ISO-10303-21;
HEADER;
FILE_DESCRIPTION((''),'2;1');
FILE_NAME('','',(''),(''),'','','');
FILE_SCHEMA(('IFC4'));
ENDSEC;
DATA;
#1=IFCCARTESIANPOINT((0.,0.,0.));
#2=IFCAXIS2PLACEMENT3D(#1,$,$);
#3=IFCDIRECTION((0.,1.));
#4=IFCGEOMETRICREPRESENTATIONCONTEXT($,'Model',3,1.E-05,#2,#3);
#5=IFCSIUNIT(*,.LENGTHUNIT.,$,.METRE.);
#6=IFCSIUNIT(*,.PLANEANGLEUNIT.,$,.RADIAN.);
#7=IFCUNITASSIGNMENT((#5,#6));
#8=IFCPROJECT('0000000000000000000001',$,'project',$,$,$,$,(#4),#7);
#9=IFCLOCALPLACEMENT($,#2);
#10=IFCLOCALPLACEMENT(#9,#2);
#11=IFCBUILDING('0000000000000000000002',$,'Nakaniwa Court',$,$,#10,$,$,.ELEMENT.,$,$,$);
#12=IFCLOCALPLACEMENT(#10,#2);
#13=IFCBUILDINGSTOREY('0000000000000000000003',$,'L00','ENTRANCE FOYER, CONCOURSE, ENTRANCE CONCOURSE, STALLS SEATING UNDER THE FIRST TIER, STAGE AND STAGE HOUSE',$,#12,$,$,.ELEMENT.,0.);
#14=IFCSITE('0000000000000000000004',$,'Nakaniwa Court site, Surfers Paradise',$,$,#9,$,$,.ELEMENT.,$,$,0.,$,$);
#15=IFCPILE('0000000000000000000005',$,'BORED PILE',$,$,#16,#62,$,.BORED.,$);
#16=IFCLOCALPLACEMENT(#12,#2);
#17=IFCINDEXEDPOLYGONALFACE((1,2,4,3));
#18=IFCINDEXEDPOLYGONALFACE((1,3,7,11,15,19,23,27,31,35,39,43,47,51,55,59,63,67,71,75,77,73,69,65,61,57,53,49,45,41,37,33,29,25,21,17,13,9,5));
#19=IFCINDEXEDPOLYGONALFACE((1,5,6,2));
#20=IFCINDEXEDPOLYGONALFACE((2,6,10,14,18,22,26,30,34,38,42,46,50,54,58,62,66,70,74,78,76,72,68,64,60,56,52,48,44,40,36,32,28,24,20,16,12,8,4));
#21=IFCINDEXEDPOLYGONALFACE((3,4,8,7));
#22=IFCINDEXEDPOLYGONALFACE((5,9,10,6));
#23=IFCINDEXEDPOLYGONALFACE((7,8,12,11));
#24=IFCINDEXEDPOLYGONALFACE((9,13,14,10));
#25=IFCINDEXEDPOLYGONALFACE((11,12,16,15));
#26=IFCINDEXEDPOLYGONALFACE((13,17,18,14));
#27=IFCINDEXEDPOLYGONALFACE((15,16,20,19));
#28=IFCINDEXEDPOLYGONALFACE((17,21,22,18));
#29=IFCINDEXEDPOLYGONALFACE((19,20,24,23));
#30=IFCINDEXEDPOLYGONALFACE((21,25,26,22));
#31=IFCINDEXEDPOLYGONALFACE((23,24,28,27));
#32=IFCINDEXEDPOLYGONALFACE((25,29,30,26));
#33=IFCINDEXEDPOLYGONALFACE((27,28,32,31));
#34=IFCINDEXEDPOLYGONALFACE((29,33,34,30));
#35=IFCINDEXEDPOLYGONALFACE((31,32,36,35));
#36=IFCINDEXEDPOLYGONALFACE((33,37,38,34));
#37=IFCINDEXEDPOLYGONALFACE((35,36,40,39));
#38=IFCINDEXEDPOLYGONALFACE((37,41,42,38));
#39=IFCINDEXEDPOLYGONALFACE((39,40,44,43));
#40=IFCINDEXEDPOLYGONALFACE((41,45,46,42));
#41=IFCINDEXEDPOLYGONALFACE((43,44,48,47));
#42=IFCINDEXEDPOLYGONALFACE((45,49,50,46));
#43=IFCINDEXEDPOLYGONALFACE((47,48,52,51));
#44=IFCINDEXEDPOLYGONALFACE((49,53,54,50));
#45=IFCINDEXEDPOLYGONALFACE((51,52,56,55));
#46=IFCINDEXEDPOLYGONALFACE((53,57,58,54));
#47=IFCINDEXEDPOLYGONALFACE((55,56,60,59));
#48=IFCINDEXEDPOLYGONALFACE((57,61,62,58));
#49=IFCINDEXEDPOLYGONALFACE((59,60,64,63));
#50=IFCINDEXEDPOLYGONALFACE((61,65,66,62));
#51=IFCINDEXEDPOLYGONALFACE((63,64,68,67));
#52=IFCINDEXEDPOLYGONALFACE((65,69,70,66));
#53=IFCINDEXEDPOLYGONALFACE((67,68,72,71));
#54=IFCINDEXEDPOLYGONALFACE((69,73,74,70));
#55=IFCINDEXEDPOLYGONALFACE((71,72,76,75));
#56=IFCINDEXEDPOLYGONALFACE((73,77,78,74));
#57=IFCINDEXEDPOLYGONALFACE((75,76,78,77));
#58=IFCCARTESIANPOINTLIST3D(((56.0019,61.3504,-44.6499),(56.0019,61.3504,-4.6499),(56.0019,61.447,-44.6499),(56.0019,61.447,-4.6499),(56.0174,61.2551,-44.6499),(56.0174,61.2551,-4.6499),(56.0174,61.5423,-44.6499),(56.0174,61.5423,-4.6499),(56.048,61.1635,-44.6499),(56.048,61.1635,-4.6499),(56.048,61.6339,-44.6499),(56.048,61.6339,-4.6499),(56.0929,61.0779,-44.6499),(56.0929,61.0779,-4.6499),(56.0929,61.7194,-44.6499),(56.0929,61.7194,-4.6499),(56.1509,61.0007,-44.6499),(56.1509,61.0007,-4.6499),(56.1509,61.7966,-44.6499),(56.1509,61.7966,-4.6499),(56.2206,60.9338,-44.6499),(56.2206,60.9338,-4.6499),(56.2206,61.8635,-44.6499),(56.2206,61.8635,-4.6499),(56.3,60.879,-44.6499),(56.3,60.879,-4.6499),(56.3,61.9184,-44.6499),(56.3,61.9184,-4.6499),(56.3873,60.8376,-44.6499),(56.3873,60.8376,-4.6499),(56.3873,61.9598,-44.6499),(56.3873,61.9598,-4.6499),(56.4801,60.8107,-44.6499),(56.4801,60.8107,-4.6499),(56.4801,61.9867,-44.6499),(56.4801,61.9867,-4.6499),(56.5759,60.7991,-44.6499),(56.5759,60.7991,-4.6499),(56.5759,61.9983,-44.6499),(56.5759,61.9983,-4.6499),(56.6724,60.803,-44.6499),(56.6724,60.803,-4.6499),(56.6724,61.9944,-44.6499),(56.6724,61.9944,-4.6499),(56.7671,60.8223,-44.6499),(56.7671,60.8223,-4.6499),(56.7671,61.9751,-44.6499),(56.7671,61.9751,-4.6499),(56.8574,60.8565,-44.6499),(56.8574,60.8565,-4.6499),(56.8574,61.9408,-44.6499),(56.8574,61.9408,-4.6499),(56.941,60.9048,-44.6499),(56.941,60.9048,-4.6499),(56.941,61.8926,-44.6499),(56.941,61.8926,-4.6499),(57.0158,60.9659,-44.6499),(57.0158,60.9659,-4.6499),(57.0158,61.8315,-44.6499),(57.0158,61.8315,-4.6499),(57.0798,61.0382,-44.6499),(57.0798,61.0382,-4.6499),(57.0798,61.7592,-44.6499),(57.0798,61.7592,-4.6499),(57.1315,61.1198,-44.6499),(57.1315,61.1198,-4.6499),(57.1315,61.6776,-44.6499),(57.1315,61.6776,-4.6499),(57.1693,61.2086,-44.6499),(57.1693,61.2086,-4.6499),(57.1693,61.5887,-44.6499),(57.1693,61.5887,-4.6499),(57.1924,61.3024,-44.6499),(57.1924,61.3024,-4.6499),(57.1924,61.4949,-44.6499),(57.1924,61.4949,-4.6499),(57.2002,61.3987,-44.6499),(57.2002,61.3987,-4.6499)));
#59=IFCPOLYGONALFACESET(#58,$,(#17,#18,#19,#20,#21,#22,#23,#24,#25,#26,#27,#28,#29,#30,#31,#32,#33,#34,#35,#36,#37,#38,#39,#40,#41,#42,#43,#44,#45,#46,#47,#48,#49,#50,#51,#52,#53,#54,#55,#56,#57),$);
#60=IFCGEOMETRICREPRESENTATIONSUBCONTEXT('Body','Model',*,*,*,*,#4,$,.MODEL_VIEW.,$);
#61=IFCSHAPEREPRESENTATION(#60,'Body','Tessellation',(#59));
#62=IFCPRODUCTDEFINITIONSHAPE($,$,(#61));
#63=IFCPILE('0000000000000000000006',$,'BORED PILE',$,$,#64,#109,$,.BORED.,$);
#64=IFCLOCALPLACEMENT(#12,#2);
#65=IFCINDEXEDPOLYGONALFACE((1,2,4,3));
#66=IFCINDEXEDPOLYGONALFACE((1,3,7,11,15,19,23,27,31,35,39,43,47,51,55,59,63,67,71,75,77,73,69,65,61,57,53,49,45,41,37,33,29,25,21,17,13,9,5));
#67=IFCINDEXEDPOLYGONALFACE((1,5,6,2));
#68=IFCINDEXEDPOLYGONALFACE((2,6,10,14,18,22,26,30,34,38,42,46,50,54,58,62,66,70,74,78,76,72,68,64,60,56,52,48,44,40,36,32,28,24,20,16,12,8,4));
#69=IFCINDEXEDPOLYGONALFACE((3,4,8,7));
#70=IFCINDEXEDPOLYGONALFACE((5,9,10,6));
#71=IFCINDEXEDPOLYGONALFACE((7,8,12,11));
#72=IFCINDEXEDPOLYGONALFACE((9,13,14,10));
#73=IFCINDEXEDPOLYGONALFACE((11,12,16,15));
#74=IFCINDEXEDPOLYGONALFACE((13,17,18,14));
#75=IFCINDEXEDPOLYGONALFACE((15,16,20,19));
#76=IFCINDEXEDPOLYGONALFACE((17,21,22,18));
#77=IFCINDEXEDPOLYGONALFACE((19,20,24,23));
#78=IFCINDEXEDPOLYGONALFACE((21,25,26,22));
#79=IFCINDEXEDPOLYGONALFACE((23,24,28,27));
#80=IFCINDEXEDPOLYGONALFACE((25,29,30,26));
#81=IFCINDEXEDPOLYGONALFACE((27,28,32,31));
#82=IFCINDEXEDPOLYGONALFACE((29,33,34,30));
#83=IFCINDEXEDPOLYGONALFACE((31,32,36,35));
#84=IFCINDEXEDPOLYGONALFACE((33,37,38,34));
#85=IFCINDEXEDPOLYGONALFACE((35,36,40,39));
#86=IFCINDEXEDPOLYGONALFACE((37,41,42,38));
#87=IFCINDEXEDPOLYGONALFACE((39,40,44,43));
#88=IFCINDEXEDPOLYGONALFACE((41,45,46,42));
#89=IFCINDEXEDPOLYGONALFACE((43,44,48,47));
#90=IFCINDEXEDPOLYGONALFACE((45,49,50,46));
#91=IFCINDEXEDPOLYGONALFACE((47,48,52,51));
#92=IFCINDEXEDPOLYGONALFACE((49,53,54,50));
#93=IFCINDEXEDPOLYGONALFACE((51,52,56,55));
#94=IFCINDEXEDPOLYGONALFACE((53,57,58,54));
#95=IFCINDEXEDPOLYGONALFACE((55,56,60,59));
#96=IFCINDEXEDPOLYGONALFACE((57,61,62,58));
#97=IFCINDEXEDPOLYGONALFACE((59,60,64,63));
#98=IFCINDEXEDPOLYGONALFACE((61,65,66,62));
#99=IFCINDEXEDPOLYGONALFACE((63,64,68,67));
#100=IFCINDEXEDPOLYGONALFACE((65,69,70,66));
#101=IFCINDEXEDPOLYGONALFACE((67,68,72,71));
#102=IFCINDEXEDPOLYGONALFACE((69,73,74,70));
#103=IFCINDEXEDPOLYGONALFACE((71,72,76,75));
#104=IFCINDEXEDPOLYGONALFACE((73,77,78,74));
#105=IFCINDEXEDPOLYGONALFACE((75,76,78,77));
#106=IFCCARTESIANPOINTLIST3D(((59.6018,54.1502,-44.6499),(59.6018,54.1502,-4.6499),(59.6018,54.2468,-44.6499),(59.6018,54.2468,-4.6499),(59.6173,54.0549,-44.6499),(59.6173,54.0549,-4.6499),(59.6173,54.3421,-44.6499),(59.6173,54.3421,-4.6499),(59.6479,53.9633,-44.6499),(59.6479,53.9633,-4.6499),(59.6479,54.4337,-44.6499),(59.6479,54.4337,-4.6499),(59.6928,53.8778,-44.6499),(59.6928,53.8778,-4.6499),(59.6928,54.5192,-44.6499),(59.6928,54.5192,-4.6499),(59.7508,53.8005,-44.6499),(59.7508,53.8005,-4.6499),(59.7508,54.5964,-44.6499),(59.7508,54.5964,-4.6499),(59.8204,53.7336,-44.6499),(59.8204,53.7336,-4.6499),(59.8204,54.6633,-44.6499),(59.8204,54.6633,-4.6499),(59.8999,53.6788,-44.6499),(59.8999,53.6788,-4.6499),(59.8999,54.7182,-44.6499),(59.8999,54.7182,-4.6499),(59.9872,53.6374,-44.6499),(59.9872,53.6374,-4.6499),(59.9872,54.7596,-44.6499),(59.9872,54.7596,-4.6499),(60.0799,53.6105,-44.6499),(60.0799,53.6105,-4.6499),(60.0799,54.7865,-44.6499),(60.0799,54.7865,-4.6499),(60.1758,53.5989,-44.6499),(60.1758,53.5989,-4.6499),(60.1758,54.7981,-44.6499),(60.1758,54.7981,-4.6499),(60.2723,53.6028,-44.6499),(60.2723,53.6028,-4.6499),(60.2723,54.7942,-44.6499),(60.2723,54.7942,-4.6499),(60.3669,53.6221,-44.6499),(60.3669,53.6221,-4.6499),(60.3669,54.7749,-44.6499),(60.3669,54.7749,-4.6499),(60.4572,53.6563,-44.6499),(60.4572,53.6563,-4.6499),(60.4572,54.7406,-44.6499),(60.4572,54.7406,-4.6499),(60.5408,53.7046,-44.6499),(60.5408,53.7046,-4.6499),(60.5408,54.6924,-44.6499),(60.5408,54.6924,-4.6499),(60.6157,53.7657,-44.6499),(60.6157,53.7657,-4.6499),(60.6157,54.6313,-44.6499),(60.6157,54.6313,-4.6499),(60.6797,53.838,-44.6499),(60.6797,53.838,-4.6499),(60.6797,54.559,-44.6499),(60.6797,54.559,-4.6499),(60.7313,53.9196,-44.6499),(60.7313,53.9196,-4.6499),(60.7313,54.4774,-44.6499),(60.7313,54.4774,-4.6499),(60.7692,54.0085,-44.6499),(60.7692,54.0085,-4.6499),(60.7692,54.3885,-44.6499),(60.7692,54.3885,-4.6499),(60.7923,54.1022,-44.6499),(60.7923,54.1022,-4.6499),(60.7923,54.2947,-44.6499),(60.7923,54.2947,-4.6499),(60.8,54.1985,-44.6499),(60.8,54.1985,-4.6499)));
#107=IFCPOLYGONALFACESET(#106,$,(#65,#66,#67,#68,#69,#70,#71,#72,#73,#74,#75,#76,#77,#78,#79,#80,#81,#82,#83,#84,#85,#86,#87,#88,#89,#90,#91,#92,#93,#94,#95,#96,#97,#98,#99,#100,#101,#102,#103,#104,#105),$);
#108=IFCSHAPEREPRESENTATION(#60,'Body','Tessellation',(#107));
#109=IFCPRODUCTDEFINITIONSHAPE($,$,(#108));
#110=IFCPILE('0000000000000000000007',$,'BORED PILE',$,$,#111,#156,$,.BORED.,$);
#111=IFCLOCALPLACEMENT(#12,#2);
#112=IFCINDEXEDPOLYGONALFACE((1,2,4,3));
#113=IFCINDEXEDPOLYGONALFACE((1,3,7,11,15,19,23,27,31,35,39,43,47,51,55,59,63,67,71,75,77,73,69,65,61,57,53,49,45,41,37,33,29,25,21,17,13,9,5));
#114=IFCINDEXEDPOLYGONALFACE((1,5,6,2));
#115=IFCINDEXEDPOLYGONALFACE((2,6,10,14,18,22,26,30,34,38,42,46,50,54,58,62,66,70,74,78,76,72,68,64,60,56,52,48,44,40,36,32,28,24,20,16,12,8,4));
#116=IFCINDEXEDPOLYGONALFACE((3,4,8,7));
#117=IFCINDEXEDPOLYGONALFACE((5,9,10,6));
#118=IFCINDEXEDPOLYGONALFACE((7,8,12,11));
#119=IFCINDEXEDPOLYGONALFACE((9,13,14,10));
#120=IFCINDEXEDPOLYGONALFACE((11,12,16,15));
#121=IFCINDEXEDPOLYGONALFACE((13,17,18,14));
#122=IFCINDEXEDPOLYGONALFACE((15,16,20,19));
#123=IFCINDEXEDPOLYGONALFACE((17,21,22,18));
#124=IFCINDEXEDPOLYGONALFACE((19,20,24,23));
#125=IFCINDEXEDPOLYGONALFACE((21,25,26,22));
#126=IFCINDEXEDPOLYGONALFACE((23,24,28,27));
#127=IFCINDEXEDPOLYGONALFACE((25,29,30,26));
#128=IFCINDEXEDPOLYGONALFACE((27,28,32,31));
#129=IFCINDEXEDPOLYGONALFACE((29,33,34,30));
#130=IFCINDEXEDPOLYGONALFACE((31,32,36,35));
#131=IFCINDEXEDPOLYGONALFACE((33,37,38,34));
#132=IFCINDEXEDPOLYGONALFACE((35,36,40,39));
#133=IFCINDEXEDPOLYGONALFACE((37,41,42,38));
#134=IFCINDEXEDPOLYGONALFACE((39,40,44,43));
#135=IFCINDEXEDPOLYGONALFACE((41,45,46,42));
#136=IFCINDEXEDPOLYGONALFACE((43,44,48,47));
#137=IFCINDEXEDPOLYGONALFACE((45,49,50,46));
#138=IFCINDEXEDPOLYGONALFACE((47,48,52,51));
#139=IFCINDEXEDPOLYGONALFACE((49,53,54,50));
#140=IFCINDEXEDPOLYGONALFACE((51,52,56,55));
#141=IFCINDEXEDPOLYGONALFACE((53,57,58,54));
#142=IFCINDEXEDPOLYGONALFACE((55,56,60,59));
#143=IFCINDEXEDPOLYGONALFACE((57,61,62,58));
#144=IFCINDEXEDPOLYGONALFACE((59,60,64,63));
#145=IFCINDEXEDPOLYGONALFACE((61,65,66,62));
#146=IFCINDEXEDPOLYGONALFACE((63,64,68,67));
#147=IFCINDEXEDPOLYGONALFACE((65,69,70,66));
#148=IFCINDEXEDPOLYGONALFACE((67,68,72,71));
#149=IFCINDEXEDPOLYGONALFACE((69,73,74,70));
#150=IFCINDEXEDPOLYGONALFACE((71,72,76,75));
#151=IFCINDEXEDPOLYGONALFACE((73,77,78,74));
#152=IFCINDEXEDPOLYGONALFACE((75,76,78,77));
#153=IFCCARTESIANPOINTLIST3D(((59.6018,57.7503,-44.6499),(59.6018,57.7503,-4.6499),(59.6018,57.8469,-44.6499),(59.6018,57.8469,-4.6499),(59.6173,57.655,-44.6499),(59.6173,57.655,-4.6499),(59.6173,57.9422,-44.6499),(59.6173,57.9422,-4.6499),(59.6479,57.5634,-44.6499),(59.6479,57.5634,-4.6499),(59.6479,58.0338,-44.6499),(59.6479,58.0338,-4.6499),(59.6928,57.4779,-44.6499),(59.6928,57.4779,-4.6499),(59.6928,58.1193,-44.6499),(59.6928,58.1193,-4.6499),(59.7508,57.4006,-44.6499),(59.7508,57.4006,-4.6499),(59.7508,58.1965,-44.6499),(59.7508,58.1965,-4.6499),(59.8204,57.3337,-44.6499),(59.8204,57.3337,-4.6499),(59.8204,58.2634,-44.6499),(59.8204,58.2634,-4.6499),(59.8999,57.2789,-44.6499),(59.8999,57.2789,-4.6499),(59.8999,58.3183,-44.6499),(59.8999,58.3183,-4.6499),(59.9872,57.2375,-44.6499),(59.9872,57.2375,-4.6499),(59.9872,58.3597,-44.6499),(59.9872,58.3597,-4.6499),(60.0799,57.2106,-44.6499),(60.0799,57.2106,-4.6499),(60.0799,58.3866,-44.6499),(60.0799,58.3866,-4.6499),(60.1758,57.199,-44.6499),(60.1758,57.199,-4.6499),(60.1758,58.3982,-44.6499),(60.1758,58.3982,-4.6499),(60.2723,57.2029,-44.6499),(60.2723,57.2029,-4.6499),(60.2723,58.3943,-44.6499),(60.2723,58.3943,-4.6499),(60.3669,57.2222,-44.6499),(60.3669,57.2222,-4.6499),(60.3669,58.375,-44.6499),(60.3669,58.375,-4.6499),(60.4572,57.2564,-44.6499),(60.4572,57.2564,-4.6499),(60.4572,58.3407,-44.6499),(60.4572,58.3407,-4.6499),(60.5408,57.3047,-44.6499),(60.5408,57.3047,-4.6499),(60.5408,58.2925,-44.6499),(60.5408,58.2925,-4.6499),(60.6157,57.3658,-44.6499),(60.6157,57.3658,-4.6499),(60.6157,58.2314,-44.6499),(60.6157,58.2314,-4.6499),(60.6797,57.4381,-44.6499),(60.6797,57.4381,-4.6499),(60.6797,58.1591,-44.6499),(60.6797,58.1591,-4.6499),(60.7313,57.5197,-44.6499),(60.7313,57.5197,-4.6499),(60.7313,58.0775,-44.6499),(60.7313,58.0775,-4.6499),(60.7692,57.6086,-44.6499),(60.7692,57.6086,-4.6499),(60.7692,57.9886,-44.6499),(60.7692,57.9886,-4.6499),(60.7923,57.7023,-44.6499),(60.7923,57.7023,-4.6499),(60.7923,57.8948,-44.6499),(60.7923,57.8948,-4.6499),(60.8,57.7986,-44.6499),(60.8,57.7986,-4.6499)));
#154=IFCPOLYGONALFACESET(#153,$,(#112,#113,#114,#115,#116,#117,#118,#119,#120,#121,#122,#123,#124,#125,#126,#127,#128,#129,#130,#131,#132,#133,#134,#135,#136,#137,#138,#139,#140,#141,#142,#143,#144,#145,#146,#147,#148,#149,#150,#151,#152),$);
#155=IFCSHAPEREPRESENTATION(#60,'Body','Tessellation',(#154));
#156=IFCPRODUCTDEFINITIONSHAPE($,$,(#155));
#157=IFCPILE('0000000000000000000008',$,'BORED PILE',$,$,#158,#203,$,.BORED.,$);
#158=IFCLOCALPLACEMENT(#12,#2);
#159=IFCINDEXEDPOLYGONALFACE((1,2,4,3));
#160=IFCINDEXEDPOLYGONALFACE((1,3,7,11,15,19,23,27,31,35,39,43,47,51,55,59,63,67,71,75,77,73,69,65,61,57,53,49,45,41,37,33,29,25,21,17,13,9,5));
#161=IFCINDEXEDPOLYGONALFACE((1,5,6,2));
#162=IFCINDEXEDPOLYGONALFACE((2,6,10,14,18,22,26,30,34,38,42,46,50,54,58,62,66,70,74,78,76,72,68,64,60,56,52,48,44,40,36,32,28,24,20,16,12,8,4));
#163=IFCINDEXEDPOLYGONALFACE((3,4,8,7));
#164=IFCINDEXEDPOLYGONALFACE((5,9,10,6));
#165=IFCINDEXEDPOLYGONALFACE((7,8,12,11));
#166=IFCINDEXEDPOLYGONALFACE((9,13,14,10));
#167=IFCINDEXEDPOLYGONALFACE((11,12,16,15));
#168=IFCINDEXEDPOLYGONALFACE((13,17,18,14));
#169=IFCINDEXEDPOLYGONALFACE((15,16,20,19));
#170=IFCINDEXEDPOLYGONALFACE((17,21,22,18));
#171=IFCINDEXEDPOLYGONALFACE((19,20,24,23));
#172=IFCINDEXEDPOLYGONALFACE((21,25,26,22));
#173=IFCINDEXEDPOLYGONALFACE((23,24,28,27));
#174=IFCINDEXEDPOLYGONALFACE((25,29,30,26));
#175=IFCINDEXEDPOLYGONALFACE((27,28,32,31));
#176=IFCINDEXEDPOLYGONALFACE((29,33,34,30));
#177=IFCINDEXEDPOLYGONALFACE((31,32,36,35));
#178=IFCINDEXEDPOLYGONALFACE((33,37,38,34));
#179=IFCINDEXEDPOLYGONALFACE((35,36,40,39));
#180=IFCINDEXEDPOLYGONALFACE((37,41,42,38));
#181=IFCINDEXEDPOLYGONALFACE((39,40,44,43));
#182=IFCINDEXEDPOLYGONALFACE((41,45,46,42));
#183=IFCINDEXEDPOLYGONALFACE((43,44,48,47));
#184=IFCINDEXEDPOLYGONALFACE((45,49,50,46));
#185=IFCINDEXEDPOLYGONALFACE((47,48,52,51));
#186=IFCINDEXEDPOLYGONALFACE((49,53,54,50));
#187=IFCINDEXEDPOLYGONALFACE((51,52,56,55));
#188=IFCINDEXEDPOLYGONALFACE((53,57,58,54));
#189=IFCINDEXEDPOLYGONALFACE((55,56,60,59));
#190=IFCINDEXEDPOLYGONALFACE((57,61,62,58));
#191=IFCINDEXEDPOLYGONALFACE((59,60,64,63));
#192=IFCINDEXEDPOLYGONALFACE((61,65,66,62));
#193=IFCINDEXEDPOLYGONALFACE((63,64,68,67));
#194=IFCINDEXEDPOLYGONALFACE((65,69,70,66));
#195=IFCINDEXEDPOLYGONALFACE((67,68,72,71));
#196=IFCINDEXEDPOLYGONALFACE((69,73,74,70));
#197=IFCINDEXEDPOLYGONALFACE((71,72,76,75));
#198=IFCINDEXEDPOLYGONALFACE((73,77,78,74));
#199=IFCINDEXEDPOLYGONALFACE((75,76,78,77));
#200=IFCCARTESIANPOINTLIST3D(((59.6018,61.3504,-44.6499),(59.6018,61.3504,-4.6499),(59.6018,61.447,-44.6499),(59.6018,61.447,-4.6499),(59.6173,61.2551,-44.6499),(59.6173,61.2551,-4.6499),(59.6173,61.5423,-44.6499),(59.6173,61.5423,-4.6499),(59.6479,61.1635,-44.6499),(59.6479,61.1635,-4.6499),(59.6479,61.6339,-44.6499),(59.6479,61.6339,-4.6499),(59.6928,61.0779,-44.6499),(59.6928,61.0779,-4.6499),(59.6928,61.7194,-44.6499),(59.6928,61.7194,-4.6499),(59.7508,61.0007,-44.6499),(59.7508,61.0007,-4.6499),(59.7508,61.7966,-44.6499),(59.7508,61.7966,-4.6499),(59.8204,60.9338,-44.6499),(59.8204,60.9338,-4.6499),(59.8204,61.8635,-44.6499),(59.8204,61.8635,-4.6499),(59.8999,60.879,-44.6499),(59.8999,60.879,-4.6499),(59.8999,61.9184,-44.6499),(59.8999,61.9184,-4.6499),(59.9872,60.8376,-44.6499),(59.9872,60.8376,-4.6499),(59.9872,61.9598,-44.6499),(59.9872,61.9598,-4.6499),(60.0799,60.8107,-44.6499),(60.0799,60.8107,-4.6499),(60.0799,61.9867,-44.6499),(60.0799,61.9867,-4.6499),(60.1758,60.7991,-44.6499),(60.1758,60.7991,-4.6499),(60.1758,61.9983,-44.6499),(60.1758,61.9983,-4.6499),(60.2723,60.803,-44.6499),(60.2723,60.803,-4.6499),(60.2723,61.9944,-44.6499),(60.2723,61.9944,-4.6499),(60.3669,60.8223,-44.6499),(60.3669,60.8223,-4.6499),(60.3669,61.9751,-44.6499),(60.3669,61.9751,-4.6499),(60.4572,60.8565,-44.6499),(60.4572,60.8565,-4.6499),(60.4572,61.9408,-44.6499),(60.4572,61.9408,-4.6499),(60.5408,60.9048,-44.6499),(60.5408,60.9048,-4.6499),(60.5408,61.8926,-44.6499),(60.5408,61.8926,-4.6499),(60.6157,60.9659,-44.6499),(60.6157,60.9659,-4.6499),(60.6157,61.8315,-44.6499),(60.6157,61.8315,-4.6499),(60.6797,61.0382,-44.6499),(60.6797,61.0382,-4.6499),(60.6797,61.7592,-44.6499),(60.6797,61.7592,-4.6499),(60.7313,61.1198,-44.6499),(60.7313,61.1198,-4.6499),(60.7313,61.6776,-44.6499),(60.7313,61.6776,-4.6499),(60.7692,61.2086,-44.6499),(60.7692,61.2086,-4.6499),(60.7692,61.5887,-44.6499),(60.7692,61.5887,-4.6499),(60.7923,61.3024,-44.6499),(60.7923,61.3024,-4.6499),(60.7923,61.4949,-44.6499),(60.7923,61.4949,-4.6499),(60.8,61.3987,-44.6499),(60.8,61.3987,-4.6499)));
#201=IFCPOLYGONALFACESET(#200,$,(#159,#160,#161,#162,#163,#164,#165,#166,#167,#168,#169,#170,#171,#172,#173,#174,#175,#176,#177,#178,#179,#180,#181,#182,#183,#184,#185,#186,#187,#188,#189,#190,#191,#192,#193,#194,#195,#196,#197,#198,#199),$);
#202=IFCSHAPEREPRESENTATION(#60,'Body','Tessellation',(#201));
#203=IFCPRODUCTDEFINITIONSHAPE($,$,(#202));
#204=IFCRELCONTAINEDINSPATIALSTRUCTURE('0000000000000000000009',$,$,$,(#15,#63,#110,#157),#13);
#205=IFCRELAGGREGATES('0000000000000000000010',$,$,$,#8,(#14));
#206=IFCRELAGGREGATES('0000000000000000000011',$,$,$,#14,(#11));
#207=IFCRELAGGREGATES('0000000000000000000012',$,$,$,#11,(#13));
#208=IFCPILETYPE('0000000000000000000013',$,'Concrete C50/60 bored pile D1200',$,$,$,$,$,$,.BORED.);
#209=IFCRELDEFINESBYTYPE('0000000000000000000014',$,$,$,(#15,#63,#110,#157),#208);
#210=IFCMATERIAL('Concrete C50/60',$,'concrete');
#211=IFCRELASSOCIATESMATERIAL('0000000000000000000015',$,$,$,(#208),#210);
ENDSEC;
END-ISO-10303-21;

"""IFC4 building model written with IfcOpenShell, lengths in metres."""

from ifc_helpers import new_model, si_unit, direction, frame, origin, origin_2d, place, context, subcontext, project, spatial, circle, extrude, material, material_profile, profile_set, type_object, element, save


model = new_model("IFC4")

# Units and contexts
model_context = context("Model", 3, precision=1e-05, world=origin(), true_north=direction((0.0, 1.0)))
body_context = subcontext(model_context, "Body", "Model", "MODEL_VIEW")
ifc_project = project(units=[si_unit("LENGTHUNIT", "METRE"), si_unit("PLANEANGLEUNIT", "RADIAN")], contexts=[model_context])

# Site, building, storey
site_placement = place(None, origin())
site = spatial("IfcSite", under=ifc_project, at=site_placement, Name="Nakaniwa Court site, Surfers Paradise", CompositionType="ELEMENT", RefElevation=0.0)
building_placement = place(site_placement, origin())
building = spatial("IfcBuilding", under=site, at=building_placement, Name="Nakaniwa Court", CompositionType="ELEMENT")
storey_placement = place(building_placement, origin())
storey = spatial("IfcBuildingStorey", under=building, at=storey_placement, Name="L00", Description="ENTRANCE FOYER, CONCOURSE, ENTRANCE CONCOURSE, STALLS SEATING UNDER THE FIRST TIER, STAGE AND STAGE HOUSE", CompositionType="ELEMENT", Elevation=0.0)

# Piles
ifc_material_1 = material(Name="Concrete C50/60", Category="concrete")
ifc_material_profile_1 = material_profile(ifc_material_1, circle(Radius=0.6001, at=origin_2d()), Name="Concrete C50/60 bored pile D1200")
ifc_profile_set_1 = profile_set([ifc_material_profile_1], Name="Concrete C50/60")
pile_type = type_object("IfcPileType", Name="Concrete C50/60 bored pile D1200", PredefinedType="BORED", material=ifc_profile_set_1)
for number, where, z_axis, x_axis, name in (
    (1, (56.6001, 61.3987, -4.6499), (0.0, 0.0, -1.0), (1.0, 0.0, 0.0), "BORED PILE"),
    (2, (60.2, 54.1985, -4.6499), (0.0, 0.0, -1.0), (1.0, 0.0, 0.0), "BORED PILE"),
    (3, (60.2, 57.7986, -4.6499), (0.0, 0.0, -1.0), (1.0, 0.0, 0.0), "BORED PILE"),
    (4, (60.2, 61.3987, -4.6499), (0.0, 0.0, -1.0), (1.0, 0.0, 0.0), "BORED PILE"),
):
    element("IfcPile", number, at=place(storey_placement, frame(where, z_axis=z_axis, x_axis=x_axis)), inside=storey, type_object=pile_type, Name=name, PredefinedType="BORED", context=body_context, shape_type="SweptSolid", body=[
        extrude(circle(Radius=0.6001, at=origin_2d()), origin(), (0.0, 0.0, 1.0), 40.0),
    ])

save(model, "model.ifc")
